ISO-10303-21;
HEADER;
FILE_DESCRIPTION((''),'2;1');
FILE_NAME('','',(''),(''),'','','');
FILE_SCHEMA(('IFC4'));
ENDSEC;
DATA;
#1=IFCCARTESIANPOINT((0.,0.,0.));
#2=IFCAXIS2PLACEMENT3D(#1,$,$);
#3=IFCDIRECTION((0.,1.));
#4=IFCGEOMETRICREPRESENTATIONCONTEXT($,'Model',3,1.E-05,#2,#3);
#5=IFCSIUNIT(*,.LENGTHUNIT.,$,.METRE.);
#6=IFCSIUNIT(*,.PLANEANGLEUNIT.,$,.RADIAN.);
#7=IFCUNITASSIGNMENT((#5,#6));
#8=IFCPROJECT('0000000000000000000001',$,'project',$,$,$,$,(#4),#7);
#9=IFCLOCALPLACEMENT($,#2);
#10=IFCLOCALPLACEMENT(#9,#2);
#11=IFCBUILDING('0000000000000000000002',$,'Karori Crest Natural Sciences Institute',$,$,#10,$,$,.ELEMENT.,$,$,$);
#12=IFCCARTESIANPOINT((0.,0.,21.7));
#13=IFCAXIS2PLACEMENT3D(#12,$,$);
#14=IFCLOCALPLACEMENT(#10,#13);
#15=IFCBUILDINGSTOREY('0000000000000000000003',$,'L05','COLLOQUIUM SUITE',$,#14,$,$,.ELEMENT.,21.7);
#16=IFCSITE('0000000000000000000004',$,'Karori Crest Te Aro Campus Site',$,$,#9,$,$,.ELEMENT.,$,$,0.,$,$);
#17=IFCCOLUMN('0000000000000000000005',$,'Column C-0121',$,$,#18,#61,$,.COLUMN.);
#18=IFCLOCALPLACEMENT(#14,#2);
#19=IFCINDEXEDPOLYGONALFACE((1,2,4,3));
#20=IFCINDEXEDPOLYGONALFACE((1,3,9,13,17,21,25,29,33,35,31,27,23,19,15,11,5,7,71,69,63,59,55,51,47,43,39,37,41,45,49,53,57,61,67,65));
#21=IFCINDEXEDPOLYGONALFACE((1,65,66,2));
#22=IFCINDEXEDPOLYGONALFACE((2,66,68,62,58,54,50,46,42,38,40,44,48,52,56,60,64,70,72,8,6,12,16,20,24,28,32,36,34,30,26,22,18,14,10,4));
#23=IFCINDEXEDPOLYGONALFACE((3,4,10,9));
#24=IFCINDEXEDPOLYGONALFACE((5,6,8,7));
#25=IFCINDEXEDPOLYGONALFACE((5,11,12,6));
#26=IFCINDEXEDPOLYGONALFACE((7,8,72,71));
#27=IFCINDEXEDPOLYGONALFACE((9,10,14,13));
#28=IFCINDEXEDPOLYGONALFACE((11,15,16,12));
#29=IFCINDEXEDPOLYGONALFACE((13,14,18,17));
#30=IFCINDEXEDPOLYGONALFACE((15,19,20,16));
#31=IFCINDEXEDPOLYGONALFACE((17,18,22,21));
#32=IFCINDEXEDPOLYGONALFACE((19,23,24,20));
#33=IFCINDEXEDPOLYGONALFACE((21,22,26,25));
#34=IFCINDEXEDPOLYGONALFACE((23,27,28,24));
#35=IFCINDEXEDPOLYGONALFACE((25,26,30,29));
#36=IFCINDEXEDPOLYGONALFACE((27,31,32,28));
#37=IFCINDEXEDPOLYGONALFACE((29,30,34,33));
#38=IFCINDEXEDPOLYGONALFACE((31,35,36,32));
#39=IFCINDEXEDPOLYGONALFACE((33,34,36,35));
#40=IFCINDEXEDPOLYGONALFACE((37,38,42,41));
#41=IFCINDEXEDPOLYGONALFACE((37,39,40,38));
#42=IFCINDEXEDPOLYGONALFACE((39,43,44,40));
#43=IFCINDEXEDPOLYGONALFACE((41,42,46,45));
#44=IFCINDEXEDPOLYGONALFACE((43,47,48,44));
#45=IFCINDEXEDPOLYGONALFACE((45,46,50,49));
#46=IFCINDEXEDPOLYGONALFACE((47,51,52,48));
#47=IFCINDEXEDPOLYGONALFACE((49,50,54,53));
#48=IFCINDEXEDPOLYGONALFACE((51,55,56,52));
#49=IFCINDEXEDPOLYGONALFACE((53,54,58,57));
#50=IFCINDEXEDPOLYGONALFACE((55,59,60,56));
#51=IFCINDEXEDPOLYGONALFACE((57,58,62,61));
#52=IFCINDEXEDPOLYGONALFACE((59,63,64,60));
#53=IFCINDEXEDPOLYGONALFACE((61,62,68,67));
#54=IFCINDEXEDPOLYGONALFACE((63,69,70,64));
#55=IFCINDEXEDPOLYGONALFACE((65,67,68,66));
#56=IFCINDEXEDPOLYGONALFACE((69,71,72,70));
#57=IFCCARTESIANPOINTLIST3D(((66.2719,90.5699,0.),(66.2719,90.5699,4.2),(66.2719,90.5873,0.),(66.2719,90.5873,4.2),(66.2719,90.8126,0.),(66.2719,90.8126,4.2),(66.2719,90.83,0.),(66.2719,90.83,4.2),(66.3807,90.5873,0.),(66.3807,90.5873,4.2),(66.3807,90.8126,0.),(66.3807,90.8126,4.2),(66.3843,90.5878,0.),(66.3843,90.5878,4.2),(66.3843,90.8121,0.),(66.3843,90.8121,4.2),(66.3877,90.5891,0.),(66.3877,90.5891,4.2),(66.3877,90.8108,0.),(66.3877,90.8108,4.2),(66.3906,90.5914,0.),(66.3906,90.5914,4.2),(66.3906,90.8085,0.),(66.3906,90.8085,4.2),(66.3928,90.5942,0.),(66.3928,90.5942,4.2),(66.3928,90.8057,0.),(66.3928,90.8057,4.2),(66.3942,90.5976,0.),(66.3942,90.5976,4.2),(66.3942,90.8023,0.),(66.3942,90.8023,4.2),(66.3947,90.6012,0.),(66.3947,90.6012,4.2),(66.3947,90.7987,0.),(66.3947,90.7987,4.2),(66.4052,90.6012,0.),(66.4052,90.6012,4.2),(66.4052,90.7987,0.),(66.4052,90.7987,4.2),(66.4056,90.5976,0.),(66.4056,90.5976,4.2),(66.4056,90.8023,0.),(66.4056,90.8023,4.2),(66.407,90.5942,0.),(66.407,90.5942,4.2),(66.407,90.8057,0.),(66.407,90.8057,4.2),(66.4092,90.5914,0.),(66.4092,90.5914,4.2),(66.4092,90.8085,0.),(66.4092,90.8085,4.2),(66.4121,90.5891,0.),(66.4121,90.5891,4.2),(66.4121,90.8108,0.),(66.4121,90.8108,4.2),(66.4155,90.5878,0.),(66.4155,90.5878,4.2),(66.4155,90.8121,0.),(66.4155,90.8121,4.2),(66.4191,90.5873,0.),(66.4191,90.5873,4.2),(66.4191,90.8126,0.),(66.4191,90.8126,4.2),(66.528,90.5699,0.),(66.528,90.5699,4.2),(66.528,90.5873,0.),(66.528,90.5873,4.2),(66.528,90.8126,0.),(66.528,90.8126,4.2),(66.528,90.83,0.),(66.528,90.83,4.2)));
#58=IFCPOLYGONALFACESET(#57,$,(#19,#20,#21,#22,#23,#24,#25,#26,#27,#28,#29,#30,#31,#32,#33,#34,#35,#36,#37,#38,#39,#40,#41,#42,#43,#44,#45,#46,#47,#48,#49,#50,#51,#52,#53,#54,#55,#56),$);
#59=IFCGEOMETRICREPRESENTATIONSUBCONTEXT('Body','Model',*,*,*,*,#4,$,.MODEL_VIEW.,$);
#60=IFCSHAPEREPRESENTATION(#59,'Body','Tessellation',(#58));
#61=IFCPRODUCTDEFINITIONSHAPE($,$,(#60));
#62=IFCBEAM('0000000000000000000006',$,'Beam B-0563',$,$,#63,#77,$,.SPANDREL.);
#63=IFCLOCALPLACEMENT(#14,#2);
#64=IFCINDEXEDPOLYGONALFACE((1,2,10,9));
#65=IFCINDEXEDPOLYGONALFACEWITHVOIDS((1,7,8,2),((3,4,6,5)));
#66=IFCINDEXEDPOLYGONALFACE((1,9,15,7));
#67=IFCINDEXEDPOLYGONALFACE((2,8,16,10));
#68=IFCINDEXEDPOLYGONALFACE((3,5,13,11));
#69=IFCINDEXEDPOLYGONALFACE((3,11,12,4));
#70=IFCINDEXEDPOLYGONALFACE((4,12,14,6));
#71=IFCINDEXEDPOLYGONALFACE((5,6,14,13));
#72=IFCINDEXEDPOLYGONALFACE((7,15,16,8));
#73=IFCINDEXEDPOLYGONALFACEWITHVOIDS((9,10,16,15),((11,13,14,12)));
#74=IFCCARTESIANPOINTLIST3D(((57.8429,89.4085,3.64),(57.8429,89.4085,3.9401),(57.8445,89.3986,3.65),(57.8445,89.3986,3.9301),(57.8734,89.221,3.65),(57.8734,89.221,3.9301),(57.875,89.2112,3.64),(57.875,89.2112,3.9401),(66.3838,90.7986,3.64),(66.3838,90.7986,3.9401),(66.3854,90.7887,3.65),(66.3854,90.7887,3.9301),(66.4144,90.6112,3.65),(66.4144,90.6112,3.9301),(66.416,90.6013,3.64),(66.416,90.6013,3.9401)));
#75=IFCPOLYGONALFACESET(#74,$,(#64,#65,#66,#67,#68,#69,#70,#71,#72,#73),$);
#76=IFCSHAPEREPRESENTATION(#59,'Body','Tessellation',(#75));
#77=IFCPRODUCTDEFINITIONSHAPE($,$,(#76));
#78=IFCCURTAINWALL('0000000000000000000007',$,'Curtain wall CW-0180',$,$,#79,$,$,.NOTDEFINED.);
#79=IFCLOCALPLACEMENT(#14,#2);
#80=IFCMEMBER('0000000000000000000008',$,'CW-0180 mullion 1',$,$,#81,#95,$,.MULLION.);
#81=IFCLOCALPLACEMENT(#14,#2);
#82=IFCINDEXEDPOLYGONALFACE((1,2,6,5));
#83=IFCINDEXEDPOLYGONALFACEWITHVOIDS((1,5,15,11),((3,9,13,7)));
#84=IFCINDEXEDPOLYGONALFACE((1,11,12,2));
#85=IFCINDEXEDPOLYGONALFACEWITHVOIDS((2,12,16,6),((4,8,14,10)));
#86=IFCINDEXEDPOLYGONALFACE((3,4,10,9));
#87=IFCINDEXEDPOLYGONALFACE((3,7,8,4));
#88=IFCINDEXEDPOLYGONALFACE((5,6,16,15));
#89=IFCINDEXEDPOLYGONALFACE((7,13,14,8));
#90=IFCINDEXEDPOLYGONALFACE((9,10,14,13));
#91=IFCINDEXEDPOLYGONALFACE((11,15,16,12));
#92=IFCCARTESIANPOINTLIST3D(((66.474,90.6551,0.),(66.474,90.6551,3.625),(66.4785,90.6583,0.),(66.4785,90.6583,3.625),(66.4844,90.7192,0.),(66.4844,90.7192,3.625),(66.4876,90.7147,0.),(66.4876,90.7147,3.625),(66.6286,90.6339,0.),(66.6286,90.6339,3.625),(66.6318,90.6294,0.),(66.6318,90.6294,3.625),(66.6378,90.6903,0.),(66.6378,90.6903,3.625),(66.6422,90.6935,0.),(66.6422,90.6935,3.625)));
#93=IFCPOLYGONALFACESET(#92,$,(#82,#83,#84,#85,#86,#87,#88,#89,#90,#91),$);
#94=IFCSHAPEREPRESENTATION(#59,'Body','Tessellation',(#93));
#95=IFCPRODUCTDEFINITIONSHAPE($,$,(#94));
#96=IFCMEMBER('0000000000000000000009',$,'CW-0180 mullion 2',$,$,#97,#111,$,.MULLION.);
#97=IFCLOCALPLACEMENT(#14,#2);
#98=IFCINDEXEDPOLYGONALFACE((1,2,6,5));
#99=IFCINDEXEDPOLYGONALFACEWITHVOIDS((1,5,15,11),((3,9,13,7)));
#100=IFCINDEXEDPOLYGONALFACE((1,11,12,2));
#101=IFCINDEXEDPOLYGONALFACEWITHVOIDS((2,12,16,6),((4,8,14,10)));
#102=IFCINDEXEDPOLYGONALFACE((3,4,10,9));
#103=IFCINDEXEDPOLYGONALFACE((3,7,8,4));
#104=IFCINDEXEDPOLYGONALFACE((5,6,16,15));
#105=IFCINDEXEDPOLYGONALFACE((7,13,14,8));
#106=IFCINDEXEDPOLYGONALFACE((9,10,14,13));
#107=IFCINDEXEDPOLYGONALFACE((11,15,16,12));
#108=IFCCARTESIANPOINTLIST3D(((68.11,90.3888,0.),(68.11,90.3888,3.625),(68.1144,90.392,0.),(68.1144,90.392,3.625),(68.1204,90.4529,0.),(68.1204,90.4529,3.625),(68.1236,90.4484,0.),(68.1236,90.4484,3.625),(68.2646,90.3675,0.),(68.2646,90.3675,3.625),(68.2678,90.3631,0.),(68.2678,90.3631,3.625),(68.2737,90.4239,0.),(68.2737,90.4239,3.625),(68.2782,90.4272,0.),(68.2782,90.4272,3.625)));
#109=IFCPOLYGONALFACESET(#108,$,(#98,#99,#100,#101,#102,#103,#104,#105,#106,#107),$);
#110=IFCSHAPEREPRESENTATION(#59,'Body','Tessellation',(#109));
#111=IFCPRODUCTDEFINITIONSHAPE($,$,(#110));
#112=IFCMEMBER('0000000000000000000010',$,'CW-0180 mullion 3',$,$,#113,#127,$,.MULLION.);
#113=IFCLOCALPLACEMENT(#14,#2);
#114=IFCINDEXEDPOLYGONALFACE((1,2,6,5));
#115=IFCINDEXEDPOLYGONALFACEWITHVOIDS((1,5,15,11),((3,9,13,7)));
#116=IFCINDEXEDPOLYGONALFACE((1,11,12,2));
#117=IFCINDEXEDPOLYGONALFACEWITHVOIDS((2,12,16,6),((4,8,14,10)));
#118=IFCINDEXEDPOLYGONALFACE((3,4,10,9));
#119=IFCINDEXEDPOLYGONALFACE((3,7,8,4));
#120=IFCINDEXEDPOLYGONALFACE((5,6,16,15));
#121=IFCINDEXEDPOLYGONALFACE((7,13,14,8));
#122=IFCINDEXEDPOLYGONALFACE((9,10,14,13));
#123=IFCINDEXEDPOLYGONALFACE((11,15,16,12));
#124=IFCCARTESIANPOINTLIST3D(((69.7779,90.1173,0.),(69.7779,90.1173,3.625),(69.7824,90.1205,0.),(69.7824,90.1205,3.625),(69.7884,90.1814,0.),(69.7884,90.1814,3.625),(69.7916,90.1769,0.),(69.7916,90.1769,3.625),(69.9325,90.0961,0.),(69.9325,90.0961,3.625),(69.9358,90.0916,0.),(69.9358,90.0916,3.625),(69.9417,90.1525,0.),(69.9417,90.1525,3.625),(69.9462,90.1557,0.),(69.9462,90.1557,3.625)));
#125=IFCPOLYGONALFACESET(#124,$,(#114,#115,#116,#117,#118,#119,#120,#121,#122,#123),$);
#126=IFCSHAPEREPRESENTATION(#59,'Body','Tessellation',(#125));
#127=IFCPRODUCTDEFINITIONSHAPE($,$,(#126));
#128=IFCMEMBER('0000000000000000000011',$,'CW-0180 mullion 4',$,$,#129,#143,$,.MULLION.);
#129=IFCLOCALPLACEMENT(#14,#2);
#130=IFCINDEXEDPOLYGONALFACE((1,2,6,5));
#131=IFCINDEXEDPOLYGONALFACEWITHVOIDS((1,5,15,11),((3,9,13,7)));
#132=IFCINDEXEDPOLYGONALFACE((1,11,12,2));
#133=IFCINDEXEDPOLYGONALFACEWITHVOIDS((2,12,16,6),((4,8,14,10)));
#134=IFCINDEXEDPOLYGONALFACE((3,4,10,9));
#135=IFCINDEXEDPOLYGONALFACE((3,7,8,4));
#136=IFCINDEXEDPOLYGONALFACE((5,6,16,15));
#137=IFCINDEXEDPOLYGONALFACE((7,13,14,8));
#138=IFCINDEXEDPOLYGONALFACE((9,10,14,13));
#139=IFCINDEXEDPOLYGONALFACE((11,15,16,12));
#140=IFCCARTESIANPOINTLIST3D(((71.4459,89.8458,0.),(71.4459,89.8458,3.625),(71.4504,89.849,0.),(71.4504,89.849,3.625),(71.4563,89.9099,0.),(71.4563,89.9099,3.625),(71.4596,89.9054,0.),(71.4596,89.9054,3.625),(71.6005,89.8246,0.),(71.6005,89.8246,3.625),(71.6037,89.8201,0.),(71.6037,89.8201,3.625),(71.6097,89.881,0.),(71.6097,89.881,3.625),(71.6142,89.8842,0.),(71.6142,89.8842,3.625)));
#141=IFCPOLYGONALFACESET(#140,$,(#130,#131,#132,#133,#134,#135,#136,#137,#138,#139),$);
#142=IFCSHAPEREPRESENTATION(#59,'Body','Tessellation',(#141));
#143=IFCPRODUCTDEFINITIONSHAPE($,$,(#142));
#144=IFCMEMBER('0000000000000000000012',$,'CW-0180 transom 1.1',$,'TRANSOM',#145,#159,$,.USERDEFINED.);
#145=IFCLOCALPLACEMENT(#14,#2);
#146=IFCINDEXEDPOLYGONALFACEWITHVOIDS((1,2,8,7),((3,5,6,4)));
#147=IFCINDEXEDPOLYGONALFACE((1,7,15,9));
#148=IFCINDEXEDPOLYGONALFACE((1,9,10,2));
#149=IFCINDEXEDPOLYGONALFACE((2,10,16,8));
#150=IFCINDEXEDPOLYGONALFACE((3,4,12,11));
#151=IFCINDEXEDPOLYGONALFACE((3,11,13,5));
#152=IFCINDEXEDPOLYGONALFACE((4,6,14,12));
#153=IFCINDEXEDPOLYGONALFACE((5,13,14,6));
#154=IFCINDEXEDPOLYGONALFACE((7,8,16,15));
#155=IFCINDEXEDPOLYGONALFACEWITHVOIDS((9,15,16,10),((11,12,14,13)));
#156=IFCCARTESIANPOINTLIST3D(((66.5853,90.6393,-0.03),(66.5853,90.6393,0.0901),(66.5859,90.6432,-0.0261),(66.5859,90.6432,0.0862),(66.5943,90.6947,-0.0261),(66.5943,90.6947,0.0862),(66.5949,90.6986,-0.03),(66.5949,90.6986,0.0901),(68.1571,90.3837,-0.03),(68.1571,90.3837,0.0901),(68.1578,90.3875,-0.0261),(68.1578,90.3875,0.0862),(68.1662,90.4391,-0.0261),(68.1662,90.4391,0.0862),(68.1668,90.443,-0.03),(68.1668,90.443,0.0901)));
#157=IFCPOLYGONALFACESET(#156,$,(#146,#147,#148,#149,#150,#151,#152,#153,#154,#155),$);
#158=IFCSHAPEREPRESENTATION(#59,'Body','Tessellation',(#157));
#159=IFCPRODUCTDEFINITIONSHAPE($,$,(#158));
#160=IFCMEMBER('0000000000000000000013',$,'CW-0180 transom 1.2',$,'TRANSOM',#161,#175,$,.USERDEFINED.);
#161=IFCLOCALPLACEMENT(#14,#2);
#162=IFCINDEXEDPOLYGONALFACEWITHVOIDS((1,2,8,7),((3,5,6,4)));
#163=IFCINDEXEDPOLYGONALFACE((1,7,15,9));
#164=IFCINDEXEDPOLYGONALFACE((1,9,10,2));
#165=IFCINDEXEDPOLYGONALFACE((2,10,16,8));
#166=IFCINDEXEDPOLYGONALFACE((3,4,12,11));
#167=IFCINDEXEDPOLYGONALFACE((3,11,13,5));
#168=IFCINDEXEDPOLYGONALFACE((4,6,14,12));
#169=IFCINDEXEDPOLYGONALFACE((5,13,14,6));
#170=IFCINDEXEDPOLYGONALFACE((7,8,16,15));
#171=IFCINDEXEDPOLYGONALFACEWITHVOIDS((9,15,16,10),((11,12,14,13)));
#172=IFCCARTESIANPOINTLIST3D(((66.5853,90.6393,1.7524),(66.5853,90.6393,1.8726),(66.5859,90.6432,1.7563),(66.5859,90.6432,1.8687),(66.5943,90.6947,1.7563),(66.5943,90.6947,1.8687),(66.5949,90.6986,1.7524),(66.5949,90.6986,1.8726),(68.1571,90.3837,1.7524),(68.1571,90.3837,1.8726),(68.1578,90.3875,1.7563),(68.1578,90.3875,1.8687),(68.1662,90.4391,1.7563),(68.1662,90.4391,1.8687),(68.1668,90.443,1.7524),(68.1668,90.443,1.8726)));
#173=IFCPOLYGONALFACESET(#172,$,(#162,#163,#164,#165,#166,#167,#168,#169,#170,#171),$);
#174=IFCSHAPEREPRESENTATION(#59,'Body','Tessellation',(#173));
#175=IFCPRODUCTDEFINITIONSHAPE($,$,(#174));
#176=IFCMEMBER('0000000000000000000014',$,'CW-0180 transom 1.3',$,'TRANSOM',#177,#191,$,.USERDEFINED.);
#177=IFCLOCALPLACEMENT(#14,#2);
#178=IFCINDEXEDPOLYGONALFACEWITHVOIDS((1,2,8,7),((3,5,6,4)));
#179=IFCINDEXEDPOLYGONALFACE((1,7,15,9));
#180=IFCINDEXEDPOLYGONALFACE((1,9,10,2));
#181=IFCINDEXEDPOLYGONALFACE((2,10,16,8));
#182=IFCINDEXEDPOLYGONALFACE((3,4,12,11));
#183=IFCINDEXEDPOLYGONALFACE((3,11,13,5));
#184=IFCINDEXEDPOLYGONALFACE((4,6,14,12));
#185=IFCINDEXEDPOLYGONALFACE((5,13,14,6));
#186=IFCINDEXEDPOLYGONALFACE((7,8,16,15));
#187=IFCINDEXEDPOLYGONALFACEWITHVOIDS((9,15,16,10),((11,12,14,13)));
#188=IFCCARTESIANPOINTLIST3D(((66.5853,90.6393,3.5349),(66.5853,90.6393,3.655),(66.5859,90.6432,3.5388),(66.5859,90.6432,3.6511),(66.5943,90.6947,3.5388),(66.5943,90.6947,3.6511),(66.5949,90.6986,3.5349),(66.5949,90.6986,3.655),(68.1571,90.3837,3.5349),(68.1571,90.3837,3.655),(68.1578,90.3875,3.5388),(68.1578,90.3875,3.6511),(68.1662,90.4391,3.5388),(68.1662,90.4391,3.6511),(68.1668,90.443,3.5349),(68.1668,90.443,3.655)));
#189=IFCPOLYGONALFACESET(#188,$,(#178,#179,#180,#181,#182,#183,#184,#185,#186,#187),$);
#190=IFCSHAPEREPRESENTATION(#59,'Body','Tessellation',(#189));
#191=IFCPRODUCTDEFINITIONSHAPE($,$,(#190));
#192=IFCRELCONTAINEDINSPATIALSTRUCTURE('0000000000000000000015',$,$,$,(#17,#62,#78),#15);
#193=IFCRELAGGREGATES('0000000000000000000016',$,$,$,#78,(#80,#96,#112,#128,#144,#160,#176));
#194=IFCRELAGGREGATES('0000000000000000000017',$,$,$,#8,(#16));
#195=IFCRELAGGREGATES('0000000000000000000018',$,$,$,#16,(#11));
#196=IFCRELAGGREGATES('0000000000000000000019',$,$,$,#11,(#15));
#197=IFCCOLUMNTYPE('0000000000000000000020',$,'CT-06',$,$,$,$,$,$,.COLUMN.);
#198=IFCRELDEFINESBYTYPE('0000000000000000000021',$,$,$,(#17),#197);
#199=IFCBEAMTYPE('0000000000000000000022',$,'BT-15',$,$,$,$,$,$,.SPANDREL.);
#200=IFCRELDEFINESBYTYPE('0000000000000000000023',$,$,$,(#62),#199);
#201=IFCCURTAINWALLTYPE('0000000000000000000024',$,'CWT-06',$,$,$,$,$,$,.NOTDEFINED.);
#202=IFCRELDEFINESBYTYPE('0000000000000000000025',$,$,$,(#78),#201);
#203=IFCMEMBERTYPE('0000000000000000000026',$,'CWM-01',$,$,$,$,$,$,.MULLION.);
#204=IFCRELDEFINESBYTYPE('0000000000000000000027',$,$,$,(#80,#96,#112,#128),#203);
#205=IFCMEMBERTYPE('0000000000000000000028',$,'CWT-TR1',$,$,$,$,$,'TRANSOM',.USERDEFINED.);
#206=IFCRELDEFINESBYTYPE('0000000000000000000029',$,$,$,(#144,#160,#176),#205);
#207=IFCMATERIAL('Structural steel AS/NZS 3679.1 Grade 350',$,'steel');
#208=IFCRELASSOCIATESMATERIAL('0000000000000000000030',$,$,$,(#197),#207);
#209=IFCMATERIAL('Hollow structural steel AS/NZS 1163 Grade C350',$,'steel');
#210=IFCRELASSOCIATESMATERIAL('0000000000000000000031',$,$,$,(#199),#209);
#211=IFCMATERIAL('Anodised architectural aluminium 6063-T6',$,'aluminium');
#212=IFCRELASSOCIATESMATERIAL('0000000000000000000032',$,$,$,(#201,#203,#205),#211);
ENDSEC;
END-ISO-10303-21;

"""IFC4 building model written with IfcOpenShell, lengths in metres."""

from ifc_helpers import new_model, si_unit, direction, frame, origin, origin_2d, place, context, subcontext, project, spatial, hollow_rectangle, i_section, extrude, material, material_profile, profile_set, type_object, element, aggregate, save


model = new_model("IFC4")

# Units and contexts
model_context = context("Model", 3, precision=1e-05, world=origin(), true_north=direction((0.0, 1.0)))
body_context = subcontext(model_context, "Body", "Model", "MODEL_VIEW")
ifc_project = project(units=[si_unit("LENGTHUNIT", "METRE"), si_unit("PLANEANGLEUNIT", "RADIAN")], contexts=[model_context])

# Site, building, storey
site_placement = place(None, origin())
site = spatial("IfcSite", under=ifc_project, at=site_placement, Name="Karori Crest Te Aro Campus Site", CompositionType="ELEMENT", RefElevation=0.0)
building_placement = place(site_placement, origin())
building = spatial("IfcBuilding", under=site, at=building_placement, Name="Karori Crest Natural Sciences Institute", CompositionType="ELEMENT")
storey_placement = place(building_placement, frame((0.0, 0.0, 21.7)))
storey = spatial("IfcBuildingStorey", under=building, at=storey_placement, Name="L05", Description="COLLOQUIUM SUITE", CompositionType="ELEMENT", Elevation=21.7)

# Column
ifc_material_1 = material(Name="Structural steel AS/NZS 3679.1 Grade 350", Category="steel")
ifc_material_profile_1 = material_profile(ifc_material_1, i_section(OverallWidth=0.2561, OverallDepth=0.26, WebThickness=0.0105, FlangeThickness=0.0173, FilletRadius=0.0139, at=origin_2d()), Name="250UC89.5")
ifc_profile_set_1 = profile_set([ifc_material_profile_1], Name="Structural steel AS/NZS 3679.1 Grade 350")
column_type = type_object("IfcColumnType", Name="CT-06", PredefinedType="COLUMN", material=ifc_profile_set_1)
column_placement = place(storey_placement, frame((66.3999, 90.7, 0.0), z_axis=(0.0, 0.0, 1.0), x_axis=(1.0, 0.0, 0.0)))
element("IfcColumn", 1, at=column_placement, inside=storey, type_object=column_type, Name="Column C-0121", PredefinedType="COLUMN", context=body_context, shape_type="SweptSolid", body=[
    extrude(i_section(OverallWidth=0.2561, OverallDepth=0.26, WebThickness=0.0105, FlangeThickness=0.0173, FilletRadius=0.0139, at=origin_2d()), origin(), (0.0, 0.0, 1.0), 4.2),
])

# Beam
ifc_material_2 = material(Name="Hollow structural steel AS/NZS 1163 Grade C350", Category="steel")
ifc_material_profile_2 = material_profile(ifc_material_2, hollow_rectangle(XDim=0.2, YDim=0.3, WallThickness=0.01, at=origin_2d()), Name="RHS300x200x10")
ifc_profile_set_2 = profile_set([ifc_material_profile_2], Name="Hollow structural steel AS/NZS 1163 Grade C350")
beam_type = type_object("IfcBeamType", Name="BT-15", PredefinedType="SPANDREL", material=ifc_profile_set_2)
beam_placement = place(storey_placement, frame((66.3999, 90.7, 3.79), z_axis=(-0.987012, -0.160646, 0.0), x_axis=(0.160646, -0.987012, 0.0)))
element("IfcBeam", 2, at=beam_placement, inside=storey, type_object=beam_type, Name="Beam B-0563", PredefinedType="SPANDREL", context=body_context, shape_type="SweptSolid", body=[
    extrude(hollow_rectangle(XDim=0.2, YDim=0.3, WallThickness=0.01, at=origin_2d()), origin(), (0.0, 0.0, 1.0), 8.6533),
])

# Curtain wall, members
ifc_material_3 = material(Name="Anodised architectural aluminium 6063-T6", Category="aluminium")
curtain_wall_type = type_object("IfcCurtainWallType", Name="CWT-06", PredefinedType="NOTDEFINED", material=ifc_material_3)
curtain_wall_placement = place(storey_placement, origin())
curtain_wall = element("IfcCurtainWall", 3, at=curtain_wall_placement, inside=storey, type_object=curtain_wall_type, Name="Curtain wall CW-0180", PredefinedType="NOTDEFINED")
ifc_material_profile_3 = material_profile(ifc_material_3, hollow_rectangle(XDim=0.0649, YDim=0.1599, WallThickness=0.0039, at=origin_2d()), Name="CWM160x65x4")
ifc_profile_set_3 = profile_set([ifc_material_profile_3], Name="Anodised architectural aluminium 6063-T6")
member_type_1 = type_object("IfcMemberType", Name="CWM-01", PredefinedType="MULLION", material=ifc_profile_set_3)
member_1_placement = place(storey_placement, frame((66.5581, 90.6743, 0.0), z_axis=(0.0, 0.0, 1.0), x_axis=(0.160655, 0.987011, 0.0)))
member_1 = element("IfcMember", 4, at=member_1_placement, type_object=member_type_1, Name="CW-0180 mullion 1", PredefinedType="MULLION", context=body_context, shape_type="SweptSolid", body=[
    extrude(hollow_rectangle(XDim=0.0649, YDim=0.1599, WallThickness=0.0039, at=origin_2d()), origin(), (0.0, 0.0, 1.0), 3.625),
])
member_2_placement = place(storey_placement, frame((68.1941, 90.408, 0.0), z_axis=(0.0, 0.0, 1.0), x_axis=(0.160655, 0.987011, 0.0)))
member_2 = element("IfcMember", 5, at=member_2_placement, type_object=member_type_1, Name="CW-0180 mullion 2", PredefinedType="MULLION", context=body_context, shape_type="SweptSolid", body=[
    extrude(hollow_rectangle(XDim=0.0649, YDim=0.1599, WallThickness=0.0039, at=origin_2d()), origin(), (0.0, 0.0, 1.0), 3.625),
])
member_3_placement = place(storey_placement, frame((69.8621, 90.1365, 0.0), z_axis=(0.0, 0.0, 1.0), x_axis=(0.160655, 0.987011, 0.0)))
member_3 = element("IfcMember", 6, at=member_3_placement, type_object=member_type_1, Name="CW-0180 mullion 3", PredefinedType="MULLION", context=body_context, shape_type="SweptSolid", body=[
    extrude(hollow_rectangle(XDim=0.0649, YDim=0.1599, WallThickness=0.0039, at=origin_2d()), origin(), (0.0, 0.0, 1.0), 3.625),
])
member_4_placement = place(storey_placement, frame((71.53, 89.865, 0.0), z_axis=(0.0, 0.0, 1.0), x_axis=(0.160655, 0.987011, 0.0)))
member_4 = element("IfcMember", 7, at=member_4_placement, type_object=member_type_1, Name="CW-0180 mullion 4", PredefinedType="MULLION", context=body_context, shape_type="SweptSolid", body=[
    extrude(hollow_rectangle(XDim=0.0649, YDim=0.1599, WallThickness=0.0039, at=origin_2d()), origin(), (0.0, 0.0, 1.0), 3.625),
])
ifc_material_profile_4 = material_profile(ifc_material_3, hollow_rectangle(XDim=0.0601, YDim=0.1201, WallThickness=0.0039, at=origin_2d()), Name="CWT120x60x4")
ifc_profile_set_4 = profile_set([ifc_material_profile_4], Name="Anodised architectural aluminium 6063-T6")
member_type_2 = type_object("IfcMemberType", Name="CWT-TR1", ElementType="TRANSOM", PredefinedType="USERDEFINED", material=ifc_profile_set_4)
member_5_placement = place(storey_placement, frame((66.5901, 90.6689, 0.03), z_axis=(0.987033, -0.160519, 0.0), x_axis=(0.160519, 0.987033, 0.0)))
member_5 = element("IfcMember", 8, at=member_5_placement, type_object=member_type_2, Name="CW-0180 transom 1.1", ObjectType="TRANSOM", PredefinedType="USERDEFINED", context=body_context, shape_type="SweptSolid", body=[
    extrude(hollow_rectangle(XDim=0.0601, YDim=0.1201, WallThickness=0.0039, at=origin_2d()), origin(), (0.0, 0.0, 1.0), 1.5925),
])
member_6_placement = place(storey_placement, frame((66.5901, 90.6689, 1.8125), z_axis=(0.987033, -0.160519, 0.0), x_axis=(0.160519, 0.987033, 0.0)))
member_6 = element("IfcMember", 9, at=member_6_placement, type_object=member_type_2, Name="CW-0180 transom 1.2", ObjectType="TRANSOM", PredefinedType="USERDEFINED", context=body_context, shape_type="SweptSolid", body=[
    extrude(hollow_rectangle(XDim=0.0601, YDim=0.1201, WallThickness=0.0039, at=origin_2d()), origin(), (0.0, 0.0, 1.0), 1.5925),
])
member_7_placement = place(storey_placement, frame((66.5901, 90.6689, 3.595), z_axis=(0.987033, -0.160519, 0.0), x_axis=(0.160519, 0.987033, 0.0)))
member_7 = element("IfcMember", 10, at=member_7_placement, type_object=member_type_2, Name="CW-0180 transom 1.3", ObjectType="TRANSOM", PredefinedType="USERDEFINED", context=body_context, shape_type="SweptSolid", body=[
    extrude(hollow_rectangle(XDim=0.0601, YDim=0.1201, WallThickness=0.0039, at=origin_2d()), origin(), (0.0, 0.0, 1.0), 1.5925),
])
aggregate(curtain_wall, [member_1, member_2, member_3, member_4, member_5, member_6, member_7])

save(model, "model.ifc")
